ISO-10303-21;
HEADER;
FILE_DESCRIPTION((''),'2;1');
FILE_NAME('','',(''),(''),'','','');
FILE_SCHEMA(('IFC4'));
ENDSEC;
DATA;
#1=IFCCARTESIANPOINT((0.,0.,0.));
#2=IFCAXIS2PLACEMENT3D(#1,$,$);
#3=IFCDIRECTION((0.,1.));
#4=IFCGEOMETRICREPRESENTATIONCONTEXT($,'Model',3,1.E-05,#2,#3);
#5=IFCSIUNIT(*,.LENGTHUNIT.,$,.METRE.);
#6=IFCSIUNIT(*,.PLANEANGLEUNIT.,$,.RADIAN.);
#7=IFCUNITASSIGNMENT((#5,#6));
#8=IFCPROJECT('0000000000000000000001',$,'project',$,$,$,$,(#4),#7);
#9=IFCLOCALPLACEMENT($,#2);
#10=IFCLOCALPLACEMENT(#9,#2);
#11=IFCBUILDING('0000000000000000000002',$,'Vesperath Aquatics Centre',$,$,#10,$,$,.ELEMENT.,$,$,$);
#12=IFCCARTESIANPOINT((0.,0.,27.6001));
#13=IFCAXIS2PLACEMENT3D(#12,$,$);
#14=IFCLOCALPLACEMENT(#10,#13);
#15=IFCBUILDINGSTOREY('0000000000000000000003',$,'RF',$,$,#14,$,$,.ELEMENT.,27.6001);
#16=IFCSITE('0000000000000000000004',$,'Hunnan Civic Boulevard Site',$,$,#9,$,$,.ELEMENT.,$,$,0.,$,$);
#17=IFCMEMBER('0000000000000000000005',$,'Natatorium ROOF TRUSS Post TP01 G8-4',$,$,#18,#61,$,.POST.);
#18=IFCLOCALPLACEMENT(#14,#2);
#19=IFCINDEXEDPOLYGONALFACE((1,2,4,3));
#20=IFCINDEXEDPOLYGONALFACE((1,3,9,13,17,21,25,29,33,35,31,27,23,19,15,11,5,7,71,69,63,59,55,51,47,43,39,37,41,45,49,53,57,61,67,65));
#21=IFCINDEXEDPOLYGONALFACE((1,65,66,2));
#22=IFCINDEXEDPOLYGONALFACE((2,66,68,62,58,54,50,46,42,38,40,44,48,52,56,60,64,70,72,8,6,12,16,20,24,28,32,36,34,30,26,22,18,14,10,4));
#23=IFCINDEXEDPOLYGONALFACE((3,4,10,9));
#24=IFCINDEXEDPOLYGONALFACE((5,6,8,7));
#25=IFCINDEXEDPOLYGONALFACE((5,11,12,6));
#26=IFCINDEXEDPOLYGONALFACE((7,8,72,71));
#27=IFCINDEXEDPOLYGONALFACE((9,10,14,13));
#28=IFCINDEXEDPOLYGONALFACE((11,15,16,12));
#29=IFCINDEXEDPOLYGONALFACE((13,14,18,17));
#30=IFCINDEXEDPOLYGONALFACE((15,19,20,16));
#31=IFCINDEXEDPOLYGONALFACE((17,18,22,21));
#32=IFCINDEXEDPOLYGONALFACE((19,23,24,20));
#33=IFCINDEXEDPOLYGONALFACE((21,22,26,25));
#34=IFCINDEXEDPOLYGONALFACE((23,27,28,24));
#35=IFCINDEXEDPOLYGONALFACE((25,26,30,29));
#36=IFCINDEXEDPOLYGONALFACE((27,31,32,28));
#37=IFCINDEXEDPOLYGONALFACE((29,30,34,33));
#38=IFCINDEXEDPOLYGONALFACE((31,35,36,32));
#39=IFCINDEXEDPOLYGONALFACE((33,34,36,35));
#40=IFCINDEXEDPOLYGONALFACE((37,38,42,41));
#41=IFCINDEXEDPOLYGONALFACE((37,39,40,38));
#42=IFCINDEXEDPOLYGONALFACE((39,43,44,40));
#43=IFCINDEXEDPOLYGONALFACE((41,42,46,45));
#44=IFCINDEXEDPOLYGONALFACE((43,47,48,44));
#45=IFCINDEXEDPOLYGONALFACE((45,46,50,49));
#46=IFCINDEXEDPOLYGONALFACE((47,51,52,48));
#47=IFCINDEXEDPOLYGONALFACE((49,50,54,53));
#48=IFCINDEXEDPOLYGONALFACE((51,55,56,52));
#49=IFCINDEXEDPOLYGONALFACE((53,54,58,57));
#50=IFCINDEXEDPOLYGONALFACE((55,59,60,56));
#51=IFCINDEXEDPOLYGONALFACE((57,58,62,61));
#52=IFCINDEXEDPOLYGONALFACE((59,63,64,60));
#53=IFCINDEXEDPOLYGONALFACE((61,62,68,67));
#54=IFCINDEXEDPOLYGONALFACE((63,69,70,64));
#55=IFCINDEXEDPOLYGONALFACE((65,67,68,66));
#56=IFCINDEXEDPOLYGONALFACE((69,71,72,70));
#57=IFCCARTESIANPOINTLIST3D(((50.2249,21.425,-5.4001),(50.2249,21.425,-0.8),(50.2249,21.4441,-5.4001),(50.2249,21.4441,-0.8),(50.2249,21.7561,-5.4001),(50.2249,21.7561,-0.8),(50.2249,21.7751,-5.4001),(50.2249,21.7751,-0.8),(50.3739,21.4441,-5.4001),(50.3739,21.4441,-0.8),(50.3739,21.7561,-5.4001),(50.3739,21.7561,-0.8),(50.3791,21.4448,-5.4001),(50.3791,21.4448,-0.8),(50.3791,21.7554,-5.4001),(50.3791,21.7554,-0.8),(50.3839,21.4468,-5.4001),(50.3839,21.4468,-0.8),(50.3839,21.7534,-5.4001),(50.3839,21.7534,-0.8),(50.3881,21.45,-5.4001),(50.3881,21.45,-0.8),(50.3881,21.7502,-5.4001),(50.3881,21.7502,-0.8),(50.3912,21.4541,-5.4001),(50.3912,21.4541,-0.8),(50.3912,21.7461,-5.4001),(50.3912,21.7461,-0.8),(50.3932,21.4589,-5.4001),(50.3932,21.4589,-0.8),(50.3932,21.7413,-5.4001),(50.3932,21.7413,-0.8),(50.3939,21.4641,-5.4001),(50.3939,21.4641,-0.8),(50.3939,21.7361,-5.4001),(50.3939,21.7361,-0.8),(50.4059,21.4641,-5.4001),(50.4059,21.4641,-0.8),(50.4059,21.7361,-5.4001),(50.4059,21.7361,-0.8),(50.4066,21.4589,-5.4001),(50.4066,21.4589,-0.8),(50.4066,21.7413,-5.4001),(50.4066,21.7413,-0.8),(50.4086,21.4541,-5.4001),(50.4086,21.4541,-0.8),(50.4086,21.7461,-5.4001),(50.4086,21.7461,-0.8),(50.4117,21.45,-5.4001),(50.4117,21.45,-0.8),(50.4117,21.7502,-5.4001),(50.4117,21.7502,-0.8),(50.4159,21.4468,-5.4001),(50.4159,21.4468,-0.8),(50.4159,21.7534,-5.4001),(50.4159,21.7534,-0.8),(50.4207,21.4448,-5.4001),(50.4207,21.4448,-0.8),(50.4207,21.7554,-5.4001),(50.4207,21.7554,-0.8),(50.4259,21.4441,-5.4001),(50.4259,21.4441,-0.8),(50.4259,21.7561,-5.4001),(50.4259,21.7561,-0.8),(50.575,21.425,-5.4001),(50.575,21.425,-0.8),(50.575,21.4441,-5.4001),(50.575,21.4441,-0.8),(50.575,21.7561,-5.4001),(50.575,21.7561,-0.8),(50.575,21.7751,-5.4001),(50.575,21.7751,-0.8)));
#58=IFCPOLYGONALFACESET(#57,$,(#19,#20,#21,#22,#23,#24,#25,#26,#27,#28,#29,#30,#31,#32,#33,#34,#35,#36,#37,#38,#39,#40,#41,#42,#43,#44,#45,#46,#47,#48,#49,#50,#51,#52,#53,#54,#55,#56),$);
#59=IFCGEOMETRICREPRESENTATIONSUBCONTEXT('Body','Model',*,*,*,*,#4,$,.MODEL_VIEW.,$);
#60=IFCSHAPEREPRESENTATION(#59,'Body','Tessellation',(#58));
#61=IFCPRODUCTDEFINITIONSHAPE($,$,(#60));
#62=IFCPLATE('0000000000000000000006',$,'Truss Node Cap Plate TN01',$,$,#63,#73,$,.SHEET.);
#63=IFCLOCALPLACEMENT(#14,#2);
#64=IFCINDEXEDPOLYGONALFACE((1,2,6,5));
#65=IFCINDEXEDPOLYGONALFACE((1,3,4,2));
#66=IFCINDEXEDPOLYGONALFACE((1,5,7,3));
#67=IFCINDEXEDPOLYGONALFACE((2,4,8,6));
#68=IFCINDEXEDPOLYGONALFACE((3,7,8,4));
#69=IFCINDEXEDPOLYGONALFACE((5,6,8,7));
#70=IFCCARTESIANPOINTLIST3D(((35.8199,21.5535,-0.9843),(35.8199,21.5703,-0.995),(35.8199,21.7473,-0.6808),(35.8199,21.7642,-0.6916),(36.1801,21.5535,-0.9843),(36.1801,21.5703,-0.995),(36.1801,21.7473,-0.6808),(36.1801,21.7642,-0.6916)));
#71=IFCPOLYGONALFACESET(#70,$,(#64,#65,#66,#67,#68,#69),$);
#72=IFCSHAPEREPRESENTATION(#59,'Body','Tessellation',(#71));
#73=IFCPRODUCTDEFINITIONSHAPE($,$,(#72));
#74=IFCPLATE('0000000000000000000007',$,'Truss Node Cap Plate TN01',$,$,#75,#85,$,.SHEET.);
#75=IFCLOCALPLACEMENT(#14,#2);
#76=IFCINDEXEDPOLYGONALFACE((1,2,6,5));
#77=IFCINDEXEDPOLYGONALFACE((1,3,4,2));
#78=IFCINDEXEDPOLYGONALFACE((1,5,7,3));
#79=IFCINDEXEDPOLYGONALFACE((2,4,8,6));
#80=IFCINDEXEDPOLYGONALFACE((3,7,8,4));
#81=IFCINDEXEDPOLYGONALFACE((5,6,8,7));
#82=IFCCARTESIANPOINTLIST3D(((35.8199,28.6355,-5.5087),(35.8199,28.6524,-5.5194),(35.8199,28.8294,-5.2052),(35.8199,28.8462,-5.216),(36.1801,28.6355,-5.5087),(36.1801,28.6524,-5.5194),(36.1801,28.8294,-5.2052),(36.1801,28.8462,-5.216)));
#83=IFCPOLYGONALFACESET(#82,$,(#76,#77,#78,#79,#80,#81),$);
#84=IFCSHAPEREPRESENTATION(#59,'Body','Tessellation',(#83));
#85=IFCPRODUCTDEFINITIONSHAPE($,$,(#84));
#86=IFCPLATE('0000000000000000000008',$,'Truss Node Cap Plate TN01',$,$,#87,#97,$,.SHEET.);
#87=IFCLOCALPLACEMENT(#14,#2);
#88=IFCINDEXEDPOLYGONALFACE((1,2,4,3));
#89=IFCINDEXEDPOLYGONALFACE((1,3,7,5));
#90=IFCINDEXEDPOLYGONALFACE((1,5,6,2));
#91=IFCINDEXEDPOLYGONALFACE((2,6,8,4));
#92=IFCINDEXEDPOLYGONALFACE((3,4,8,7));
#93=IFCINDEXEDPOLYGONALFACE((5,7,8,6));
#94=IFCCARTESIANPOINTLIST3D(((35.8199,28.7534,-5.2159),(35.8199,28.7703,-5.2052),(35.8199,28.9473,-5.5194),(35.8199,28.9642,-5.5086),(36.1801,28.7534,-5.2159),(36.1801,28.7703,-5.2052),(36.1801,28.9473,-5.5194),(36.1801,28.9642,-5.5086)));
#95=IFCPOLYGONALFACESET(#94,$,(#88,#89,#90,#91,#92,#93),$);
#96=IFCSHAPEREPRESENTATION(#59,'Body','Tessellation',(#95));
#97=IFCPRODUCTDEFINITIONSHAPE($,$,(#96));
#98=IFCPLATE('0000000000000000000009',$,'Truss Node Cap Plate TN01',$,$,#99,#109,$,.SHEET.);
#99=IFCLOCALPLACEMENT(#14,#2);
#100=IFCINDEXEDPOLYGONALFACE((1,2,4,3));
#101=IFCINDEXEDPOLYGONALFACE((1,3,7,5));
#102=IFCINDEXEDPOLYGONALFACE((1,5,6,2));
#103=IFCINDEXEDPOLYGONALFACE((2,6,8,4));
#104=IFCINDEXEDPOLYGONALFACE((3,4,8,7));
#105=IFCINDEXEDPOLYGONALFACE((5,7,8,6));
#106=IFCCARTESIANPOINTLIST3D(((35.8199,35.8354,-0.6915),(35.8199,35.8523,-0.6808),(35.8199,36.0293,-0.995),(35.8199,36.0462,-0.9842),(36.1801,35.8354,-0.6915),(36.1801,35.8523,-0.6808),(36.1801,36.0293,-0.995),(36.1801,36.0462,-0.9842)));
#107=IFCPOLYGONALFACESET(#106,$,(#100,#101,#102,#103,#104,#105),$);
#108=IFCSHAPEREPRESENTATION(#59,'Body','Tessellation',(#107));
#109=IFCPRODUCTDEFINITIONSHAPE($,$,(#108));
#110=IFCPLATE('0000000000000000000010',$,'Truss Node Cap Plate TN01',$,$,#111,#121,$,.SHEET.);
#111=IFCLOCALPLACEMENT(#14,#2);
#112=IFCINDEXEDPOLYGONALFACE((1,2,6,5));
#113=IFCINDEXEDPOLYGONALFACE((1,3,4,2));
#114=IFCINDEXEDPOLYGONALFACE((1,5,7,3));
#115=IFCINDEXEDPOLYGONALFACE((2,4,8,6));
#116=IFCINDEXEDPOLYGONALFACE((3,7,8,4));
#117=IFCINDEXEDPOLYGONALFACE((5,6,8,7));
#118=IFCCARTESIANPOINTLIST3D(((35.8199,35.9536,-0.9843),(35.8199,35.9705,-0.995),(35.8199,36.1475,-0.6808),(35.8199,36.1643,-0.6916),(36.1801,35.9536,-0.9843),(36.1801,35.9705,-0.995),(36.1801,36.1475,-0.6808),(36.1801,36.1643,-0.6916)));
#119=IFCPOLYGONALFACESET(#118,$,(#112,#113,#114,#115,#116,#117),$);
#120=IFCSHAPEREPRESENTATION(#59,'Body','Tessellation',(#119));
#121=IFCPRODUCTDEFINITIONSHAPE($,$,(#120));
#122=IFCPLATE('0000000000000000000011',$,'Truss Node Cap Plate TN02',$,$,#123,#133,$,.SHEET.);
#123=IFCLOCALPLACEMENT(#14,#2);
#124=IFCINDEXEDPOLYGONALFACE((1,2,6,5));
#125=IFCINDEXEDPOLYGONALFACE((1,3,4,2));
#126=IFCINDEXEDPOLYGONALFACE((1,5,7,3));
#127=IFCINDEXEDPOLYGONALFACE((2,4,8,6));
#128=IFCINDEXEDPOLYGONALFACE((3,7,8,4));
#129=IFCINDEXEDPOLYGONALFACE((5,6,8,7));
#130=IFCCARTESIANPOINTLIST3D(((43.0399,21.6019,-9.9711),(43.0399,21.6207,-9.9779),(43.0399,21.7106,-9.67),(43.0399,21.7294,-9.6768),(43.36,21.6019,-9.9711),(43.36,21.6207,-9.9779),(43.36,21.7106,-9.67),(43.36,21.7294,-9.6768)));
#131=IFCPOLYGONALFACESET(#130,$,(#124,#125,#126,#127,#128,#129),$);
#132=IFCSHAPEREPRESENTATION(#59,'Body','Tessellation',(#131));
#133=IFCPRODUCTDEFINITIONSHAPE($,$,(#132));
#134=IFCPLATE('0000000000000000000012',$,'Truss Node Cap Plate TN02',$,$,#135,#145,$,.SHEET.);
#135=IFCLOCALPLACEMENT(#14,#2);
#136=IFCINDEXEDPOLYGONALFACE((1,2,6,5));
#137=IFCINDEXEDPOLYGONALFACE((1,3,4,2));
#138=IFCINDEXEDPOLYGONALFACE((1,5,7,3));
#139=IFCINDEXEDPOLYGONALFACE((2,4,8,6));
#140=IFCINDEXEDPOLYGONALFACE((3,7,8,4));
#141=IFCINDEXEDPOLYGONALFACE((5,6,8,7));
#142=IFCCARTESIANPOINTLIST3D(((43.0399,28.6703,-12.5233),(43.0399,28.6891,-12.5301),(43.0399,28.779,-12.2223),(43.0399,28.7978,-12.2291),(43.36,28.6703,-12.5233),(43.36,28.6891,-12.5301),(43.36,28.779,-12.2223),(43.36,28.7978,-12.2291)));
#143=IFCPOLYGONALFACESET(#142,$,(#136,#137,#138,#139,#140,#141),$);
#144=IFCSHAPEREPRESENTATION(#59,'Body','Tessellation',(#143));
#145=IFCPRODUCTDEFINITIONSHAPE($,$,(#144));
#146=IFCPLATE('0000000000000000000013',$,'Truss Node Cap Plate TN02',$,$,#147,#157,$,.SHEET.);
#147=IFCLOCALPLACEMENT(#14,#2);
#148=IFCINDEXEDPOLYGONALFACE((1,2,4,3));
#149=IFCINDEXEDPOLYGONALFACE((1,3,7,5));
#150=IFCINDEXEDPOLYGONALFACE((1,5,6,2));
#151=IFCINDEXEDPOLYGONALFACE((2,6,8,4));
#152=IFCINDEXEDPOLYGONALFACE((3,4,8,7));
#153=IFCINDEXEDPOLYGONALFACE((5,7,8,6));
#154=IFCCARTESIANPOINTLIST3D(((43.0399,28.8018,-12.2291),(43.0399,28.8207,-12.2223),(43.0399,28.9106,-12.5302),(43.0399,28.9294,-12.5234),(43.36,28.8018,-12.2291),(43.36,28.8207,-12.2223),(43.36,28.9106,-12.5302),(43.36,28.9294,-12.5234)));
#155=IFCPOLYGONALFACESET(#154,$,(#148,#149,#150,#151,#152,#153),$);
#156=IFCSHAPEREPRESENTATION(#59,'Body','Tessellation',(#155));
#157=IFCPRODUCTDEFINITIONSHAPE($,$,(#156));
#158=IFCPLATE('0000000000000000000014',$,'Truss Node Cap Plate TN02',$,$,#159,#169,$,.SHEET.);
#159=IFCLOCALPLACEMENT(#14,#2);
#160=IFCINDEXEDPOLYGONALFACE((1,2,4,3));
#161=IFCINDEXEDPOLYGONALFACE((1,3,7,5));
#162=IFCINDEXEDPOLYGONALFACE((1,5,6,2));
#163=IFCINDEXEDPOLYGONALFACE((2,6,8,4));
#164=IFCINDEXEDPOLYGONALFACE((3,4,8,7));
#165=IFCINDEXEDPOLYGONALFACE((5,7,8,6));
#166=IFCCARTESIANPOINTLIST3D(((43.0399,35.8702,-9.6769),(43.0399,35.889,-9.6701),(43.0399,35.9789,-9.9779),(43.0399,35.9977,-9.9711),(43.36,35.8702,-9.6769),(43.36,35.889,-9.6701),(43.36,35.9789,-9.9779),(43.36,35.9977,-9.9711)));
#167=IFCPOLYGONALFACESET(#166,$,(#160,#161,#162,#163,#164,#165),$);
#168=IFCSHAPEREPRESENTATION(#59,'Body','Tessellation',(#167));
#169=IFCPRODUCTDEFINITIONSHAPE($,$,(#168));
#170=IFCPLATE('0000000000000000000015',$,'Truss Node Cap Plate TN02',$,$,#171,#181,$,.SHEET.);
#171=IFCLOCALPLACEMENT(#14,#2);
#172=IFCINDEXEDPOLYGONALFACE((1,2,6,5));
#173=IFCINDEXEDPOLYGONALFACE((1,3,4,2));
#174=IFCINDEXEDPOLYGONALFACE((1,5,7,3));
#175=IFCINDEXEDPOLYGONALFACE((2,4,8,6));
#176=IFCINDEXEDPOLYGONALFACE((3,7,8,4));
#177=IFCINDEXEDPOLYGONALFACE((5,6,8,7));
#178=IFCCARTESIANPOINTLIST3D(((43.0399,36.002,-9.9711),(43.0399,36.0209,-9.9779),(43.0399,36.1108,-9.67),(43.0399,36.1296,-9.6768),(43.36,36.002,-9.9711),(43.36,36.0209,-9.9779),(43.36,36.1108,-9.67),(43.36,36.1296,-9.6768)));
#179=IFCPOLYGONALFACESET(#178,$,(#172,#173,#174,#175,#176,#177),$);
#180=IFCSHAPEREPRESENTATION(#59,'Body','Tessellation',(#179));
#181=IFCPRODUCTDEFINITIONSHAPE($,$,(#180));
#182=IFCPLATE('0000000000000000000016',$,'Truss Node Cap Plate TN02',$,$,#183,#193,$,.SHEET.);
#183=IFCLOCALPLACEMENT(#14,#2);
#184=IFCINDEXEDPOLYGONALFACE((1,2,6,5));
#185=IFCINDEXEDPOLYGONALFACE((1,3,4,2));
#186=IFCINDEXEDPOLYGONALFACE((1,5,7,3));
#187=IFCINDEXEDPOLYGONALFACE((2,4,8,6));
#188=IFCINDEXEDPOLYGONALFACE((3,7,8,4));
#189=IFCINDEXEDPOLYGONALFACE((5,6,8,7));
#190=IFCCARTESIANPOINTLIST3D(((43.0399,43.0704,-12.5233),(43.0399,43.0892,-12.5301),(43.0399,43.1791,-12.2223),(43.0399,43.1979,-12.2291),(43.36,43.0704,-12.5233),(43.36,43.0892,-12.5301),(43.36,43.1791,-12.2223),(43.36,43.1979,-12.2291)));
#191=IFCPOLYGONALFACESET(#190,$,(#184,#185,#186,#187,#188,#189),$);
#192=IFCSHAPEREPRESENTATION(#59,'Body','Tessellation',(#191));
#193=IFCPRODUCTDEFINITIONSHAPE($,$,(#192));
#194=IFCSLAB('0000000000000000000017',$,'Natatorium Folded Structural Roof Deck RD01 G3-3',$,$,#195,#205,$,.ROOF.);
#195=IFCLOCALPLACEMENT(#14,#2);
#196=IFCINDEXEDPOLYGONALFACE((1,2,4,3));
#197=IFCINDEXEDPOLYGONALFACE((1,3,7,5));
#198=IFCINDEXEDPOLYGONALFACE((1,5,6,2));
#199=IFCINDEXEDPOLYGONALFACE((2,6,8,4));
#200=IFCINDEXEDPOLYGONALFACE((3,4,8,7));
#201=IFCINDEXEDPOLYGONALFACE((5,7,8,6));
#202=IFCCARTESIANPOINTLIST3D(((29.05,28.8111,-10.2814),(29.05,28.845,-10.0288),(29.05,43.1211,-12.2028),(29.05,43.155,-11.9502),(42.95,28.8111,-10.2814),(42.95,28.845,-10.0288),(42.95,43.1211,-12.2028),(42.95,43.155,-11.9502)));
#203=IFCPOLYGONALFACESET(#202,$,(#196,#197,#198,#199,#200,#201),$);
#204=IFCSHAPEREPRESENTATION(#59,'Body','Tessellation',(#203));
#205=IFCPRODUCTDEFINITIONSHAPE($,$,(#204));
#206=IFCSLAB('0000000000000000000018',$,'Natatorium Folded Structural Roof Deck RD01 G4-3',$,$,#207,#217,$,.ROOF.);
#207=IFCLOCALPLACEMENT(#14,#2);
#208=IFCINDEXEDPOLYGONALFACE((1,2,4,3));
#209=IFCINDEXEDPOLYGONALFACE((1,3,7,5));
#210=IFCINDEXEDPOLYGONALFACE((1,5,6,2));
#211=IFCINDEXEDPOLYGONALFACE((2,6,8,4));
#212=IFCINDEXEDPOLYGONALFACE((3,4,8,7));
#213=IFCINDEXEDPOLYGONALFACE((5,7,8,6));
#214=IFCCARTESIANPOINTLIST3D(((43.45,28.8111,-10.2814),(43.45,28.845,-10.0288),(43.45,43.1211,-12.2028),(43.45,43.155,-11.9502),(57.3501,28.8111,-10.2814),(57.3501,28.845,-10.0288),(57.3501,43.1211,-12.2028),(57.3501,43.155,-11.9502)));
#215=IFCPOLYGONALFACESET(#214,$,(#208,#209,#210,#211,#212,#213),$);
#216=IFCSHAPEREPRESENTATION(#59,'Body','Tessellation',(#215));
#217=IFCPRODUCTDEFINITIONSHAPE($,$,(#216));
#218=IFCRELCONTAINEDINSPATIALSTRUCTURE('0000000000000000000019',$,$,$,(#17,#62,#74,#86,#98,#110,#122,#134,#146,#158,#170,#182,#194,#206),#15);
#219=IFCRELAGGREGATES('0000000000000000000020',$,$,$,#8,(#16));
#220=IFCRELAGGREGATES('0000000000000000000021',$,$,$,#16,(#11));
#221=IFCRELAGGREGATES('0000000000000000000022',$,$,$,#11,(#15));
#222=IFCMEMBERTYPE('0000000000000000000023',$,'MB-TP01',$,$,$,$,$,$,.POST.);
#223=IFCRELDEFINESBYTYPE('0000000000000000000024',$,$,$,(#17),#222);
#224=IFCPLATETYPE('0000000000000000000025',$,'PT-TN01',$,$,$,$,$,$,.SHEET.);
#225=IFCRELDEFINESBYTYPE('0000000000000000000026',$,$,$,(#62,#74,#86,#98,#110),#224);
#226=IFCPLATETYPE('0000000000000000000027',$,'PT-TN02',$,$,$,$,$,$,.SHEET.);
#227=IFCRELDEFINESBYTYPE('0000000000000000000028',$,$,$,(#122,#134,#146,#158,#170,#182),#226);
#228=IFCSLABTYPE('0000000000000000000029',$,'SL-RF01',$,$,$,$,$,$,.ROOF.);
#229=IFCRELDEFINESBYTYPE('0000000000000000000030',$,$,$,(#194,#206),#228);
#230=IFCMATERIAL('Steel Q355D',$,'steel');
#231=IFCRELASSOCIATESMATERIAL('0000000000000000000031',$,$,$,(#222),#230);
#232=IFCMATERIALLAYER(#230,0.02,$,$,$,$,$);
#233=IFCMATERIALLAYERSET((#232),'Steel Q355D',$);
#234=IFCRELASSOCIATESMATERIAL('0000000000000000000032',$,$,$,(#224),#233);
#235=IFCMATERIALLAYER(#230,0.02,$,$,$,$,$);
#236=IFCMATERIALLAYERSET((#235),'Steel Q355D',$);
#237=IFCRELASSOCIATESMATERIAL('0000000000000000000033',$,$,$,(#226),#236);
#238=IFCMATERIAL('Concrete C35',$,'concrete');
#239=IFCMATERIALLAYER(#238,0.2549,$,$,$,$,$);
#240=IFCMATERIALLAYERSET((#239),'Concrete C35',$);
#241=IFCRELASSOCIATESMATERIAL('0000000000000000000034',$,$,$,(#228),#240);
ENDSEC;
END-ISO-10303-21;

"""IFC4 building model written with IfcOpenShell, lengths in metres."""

from ifc_helpers import new_model, si_unit, direction, frame, origin, origin_2d, place, context, subcontext, project, spatial, polyline, rectangle, i_section, outline, extrude, material, layer, layer_set, material_profile, profile_set, type_object, element, save


model = new_model("IFC4")

# Units and contexts
model_context = context("Model", 3, precision=1e-05, world=origin(), true_north=direction((0.0, 1.0)))
body_context = subcontext(model_context, "Body", "Model", "MODEL_VIEW")
ifc_project = project(units=[si_unit("LENGTHUNIT", "METRE"), si_unit("PLANEANGLEUNIT", "RADIAN")], contexts=[model_context])

# Site, building, storey
site_placement = place(None, origin())
site = spatial("IfcSite", under=ifc_project, at=site_placement, Name="Hunnan Civic Boulevard Site", CompositionType="ELEMENT", RefElevation=0.0)
building_placement = place(site_placement, origin())
building = spatial("IfcBuilding", under=site, at=building_placement, Name="Vesperath Aquatics Centre", CompositionType="ELEMENT")
storey_placement = place(building_placement, frame((0.0, 0.0, 27.6001)))
storey = spatial("IfcBuildingStorey", under=building, at=storey_placement, Name="RF", CompositionType="ELEMENT", Elevation=27.6001)

# Member
ifc_material_1 = material(Name="Steel Q355D", Category="steel")
ifc_material_profile_1 = material_profile(ifc_material_1, i_section(OverallWidth=0.3501, OverallDepth=0.3501, WebThickness=0.012, FlangeThickness=0.019, FilletRadius=0.02, at=origin_2d()), Name="HW 350x350x12x19")
ifc_profile_set_1 = profile_set([ifc_material_profile_1], Name="Steel Q355D")
member_type_1 = type_object("IfcMemberType", Name="MB-TP01", PredefinedType="POST", material=ifc_profile_set_1)
member_placement = place(storey_placement, frame((50.3999, 21.6001, -5.4001), z_axis=(0.0, 0.0, 1.0), x_axis=(1.0, 0.0, 0.0)))
element("IfcMember", 1, at=member_placement, inside=storey, type_object=member_type_1, Name="Natatorium ROOF TRUSS Post TP01 G8-4", PredefinedType="POST", context=body_context, shape_type="SweptSolid", body=[
    extrude(i_section(OverallWidth=0.3501, OverallDepth=0.3501, WebThickness=0.012, FlangeThickness=0.019, FilletRadius=0.02, at=origin_2d()), origin(), (0.0, 0.0, 1.0), 4.6001),
])

# Plates
ifc_layer_1 = layer(ifc_material_1, 0.02)
ifc_layer_set_1 = layer_set([ifc_layer_1], Name="Steel Q355D")
plate_type_1 = type_object("IfcPlateType", Name="PT-TN01", PredefinedType="SHEET", material=ifc_layer_set_1)
for number, where, z_axis, x_axis, name in (
    (2, (36.0, 21.6504, -0.8325), (0.0, 0.842696, -0.538389), (-1.0, 0.0, 0.0), "Truss Node Cap Plate TN01"),
    (3, (36.0, 28.7324, -5.3569), (0.0, 0.842696, -0.538389), (-1.0, 0.0, 0.0), "Truss Node Cap Plate TN01"),
    (4, (36.0, 28.8503, -5.3677), (0.0, 0.842696, 0.538389), (-1.0, 0.0, 0.0), "Truss Node Cap Plate TN01"),
    (5, (36.0, 35.9324, -0.8433), (0.0, 0.842696, 0.538389), (-1.0, 0.0, 0.0), "Truss Node Cap Plate TN01"),
    (6, (36.0, 36.0505, -0.8325), (0.0, 0.842696, -0.538389), (-1.0, 0.0, 0.0), "Truss Node Cap Plate TN01"),
):
    element("IfcPlate", number, at=place(storey_placement, frame(where, z_axis=z_axis, x_axis=x_axis)), inside=storey, type_object=plate_type_1, Name=name, PredefinedType="SHEET", context=body_context, shape_type="SweptSolid", body=[
        extrude(rectangle(XDim=0.3601, YDim=0.3601, at=origin_2d()), origin(), (0.0, 0.0, 1.0), 0.02),
    ])
ifc_layer_2 = layer(ifc_material_1, 0.02)
ifc_layer_set_2 = layer_set([ifc_layer_2], Name="Steel Q355D")
plate_type_2 = type_object("IfcPlateType", Name="PT-TN02", PredefinedType="SHEET", material=ifc_layer_set_2)
for number, where, z_axis, x_axis, name in (
    (7, (43.2, 21.6562, -9.8206), (0.0, 0.940554, -0.339644), (-1.0, 0.0, 0.0), "Truss Node Cap Plate TN02"),
    (8, (43.2, 28.7246, -12.3728), (0.0, 0.940554, -0.339644), (-1.0, 0.0, 0.0), "Truss Node Cap Plate TN02"),
    (9, (43.2, 28.8562, -12.3796), (0.0, 0.940554, 0.339644), (-1.0, 0.0, 0.0), "Truss Node Cap Plate TN02"),
    (10, (43.2, 35.9246, -9.8274), (0.0, 0.940554, 0.339644), (-1.0, 0.0, 0.0), "Truss Node Cap Plate TN02"),
    (11, (43.2, 36.0564, -9.8206), (0.0, 0.940554, -0.339644), (-1.0, 0.0, 0.0), "Truss Node Cap Plate TN02"),
    (12, (43.2, 43.1248, -12.3728), (0.0, 0.940554, -0.339644), (-1.0, 0.0, 0.0), "Truss Node Cap Plate TN02"),
):
    element("IfcPlate", number, at=place(storey_placement, frame(where, z_axis=z_axis, x_axis=x_axis)), inside=storey, type_object=plate_type_2, Name=name, PredefinedType="SHEET", context=body_context, shape_type="SweptSolid", body=[
        extrude(rectangle(XDim=0.3201, YDim=0.3201, at=origin_2d()), origin(), (0.0, 0.0, 1.0), 0.02),
    ])

# Slabs
ifc_material_2 = material(Name="Concrete C35", Category="concrete")
ifc_layer_3 = layer(ifc_material_2, 0.2549)
ifc_layer_set_3 = layer_set([ifc_layer_3], Name="Concrete C35")
slab_type = type_object("IfcSlabType", Name="SL-RF01", PredefinedType="ROOF", material=ifc_layer_set_3)
slab_1_placement = place(storey_placement, frame((29.05, 28.845, -10.0288), z_axis=(0.0, 0.133074, 0.991106), x_axis=(1.0, 0.0, 0.0)))
element("IfcSlab", 13, at=slab_1_placement, inside=storey, type_object=slab_type, Name="Natatorium Folded Structural Roof Deck RD01 G3-3", PredefinedType="ROOF", context=body_context, shape_type="SweptSolid", body=[
    extrude(outline(polyline([(0.0, 0.0), (13.8999, 0.0), (13.8999, 14.4385), (0.0, 14.4385), (0.0, 0.0)])), origin(), (0.0, 0.0, -1.0), 0.2549),
])
slab_2_placement = place(storey_placement, frame((43.45, 28.845, -10.0288), z_axis=(0.0, 0.133074, 0.991106), x_axis=(1.0, 0.0, 0.0)))
element("IfcSlab", 14, at=slab_2_placement, inside=storey, type_object=slab_type, Name="Natatorium Folded Structural Roof Deck RD01 G4-3", PredefinedType="ROOF", context=body_context, shape_type="SweptSolid", body=[
    extrude(outline(polyline([(0.0, 0.0), (13.9001, 0.0), (13.9001, 14.4385), (0.0, 14.4385), (0.0, 0.0)])), origin(), (0.0, 0.0, -1.0), 0.2549),
])

save(model, "model.ifc")
